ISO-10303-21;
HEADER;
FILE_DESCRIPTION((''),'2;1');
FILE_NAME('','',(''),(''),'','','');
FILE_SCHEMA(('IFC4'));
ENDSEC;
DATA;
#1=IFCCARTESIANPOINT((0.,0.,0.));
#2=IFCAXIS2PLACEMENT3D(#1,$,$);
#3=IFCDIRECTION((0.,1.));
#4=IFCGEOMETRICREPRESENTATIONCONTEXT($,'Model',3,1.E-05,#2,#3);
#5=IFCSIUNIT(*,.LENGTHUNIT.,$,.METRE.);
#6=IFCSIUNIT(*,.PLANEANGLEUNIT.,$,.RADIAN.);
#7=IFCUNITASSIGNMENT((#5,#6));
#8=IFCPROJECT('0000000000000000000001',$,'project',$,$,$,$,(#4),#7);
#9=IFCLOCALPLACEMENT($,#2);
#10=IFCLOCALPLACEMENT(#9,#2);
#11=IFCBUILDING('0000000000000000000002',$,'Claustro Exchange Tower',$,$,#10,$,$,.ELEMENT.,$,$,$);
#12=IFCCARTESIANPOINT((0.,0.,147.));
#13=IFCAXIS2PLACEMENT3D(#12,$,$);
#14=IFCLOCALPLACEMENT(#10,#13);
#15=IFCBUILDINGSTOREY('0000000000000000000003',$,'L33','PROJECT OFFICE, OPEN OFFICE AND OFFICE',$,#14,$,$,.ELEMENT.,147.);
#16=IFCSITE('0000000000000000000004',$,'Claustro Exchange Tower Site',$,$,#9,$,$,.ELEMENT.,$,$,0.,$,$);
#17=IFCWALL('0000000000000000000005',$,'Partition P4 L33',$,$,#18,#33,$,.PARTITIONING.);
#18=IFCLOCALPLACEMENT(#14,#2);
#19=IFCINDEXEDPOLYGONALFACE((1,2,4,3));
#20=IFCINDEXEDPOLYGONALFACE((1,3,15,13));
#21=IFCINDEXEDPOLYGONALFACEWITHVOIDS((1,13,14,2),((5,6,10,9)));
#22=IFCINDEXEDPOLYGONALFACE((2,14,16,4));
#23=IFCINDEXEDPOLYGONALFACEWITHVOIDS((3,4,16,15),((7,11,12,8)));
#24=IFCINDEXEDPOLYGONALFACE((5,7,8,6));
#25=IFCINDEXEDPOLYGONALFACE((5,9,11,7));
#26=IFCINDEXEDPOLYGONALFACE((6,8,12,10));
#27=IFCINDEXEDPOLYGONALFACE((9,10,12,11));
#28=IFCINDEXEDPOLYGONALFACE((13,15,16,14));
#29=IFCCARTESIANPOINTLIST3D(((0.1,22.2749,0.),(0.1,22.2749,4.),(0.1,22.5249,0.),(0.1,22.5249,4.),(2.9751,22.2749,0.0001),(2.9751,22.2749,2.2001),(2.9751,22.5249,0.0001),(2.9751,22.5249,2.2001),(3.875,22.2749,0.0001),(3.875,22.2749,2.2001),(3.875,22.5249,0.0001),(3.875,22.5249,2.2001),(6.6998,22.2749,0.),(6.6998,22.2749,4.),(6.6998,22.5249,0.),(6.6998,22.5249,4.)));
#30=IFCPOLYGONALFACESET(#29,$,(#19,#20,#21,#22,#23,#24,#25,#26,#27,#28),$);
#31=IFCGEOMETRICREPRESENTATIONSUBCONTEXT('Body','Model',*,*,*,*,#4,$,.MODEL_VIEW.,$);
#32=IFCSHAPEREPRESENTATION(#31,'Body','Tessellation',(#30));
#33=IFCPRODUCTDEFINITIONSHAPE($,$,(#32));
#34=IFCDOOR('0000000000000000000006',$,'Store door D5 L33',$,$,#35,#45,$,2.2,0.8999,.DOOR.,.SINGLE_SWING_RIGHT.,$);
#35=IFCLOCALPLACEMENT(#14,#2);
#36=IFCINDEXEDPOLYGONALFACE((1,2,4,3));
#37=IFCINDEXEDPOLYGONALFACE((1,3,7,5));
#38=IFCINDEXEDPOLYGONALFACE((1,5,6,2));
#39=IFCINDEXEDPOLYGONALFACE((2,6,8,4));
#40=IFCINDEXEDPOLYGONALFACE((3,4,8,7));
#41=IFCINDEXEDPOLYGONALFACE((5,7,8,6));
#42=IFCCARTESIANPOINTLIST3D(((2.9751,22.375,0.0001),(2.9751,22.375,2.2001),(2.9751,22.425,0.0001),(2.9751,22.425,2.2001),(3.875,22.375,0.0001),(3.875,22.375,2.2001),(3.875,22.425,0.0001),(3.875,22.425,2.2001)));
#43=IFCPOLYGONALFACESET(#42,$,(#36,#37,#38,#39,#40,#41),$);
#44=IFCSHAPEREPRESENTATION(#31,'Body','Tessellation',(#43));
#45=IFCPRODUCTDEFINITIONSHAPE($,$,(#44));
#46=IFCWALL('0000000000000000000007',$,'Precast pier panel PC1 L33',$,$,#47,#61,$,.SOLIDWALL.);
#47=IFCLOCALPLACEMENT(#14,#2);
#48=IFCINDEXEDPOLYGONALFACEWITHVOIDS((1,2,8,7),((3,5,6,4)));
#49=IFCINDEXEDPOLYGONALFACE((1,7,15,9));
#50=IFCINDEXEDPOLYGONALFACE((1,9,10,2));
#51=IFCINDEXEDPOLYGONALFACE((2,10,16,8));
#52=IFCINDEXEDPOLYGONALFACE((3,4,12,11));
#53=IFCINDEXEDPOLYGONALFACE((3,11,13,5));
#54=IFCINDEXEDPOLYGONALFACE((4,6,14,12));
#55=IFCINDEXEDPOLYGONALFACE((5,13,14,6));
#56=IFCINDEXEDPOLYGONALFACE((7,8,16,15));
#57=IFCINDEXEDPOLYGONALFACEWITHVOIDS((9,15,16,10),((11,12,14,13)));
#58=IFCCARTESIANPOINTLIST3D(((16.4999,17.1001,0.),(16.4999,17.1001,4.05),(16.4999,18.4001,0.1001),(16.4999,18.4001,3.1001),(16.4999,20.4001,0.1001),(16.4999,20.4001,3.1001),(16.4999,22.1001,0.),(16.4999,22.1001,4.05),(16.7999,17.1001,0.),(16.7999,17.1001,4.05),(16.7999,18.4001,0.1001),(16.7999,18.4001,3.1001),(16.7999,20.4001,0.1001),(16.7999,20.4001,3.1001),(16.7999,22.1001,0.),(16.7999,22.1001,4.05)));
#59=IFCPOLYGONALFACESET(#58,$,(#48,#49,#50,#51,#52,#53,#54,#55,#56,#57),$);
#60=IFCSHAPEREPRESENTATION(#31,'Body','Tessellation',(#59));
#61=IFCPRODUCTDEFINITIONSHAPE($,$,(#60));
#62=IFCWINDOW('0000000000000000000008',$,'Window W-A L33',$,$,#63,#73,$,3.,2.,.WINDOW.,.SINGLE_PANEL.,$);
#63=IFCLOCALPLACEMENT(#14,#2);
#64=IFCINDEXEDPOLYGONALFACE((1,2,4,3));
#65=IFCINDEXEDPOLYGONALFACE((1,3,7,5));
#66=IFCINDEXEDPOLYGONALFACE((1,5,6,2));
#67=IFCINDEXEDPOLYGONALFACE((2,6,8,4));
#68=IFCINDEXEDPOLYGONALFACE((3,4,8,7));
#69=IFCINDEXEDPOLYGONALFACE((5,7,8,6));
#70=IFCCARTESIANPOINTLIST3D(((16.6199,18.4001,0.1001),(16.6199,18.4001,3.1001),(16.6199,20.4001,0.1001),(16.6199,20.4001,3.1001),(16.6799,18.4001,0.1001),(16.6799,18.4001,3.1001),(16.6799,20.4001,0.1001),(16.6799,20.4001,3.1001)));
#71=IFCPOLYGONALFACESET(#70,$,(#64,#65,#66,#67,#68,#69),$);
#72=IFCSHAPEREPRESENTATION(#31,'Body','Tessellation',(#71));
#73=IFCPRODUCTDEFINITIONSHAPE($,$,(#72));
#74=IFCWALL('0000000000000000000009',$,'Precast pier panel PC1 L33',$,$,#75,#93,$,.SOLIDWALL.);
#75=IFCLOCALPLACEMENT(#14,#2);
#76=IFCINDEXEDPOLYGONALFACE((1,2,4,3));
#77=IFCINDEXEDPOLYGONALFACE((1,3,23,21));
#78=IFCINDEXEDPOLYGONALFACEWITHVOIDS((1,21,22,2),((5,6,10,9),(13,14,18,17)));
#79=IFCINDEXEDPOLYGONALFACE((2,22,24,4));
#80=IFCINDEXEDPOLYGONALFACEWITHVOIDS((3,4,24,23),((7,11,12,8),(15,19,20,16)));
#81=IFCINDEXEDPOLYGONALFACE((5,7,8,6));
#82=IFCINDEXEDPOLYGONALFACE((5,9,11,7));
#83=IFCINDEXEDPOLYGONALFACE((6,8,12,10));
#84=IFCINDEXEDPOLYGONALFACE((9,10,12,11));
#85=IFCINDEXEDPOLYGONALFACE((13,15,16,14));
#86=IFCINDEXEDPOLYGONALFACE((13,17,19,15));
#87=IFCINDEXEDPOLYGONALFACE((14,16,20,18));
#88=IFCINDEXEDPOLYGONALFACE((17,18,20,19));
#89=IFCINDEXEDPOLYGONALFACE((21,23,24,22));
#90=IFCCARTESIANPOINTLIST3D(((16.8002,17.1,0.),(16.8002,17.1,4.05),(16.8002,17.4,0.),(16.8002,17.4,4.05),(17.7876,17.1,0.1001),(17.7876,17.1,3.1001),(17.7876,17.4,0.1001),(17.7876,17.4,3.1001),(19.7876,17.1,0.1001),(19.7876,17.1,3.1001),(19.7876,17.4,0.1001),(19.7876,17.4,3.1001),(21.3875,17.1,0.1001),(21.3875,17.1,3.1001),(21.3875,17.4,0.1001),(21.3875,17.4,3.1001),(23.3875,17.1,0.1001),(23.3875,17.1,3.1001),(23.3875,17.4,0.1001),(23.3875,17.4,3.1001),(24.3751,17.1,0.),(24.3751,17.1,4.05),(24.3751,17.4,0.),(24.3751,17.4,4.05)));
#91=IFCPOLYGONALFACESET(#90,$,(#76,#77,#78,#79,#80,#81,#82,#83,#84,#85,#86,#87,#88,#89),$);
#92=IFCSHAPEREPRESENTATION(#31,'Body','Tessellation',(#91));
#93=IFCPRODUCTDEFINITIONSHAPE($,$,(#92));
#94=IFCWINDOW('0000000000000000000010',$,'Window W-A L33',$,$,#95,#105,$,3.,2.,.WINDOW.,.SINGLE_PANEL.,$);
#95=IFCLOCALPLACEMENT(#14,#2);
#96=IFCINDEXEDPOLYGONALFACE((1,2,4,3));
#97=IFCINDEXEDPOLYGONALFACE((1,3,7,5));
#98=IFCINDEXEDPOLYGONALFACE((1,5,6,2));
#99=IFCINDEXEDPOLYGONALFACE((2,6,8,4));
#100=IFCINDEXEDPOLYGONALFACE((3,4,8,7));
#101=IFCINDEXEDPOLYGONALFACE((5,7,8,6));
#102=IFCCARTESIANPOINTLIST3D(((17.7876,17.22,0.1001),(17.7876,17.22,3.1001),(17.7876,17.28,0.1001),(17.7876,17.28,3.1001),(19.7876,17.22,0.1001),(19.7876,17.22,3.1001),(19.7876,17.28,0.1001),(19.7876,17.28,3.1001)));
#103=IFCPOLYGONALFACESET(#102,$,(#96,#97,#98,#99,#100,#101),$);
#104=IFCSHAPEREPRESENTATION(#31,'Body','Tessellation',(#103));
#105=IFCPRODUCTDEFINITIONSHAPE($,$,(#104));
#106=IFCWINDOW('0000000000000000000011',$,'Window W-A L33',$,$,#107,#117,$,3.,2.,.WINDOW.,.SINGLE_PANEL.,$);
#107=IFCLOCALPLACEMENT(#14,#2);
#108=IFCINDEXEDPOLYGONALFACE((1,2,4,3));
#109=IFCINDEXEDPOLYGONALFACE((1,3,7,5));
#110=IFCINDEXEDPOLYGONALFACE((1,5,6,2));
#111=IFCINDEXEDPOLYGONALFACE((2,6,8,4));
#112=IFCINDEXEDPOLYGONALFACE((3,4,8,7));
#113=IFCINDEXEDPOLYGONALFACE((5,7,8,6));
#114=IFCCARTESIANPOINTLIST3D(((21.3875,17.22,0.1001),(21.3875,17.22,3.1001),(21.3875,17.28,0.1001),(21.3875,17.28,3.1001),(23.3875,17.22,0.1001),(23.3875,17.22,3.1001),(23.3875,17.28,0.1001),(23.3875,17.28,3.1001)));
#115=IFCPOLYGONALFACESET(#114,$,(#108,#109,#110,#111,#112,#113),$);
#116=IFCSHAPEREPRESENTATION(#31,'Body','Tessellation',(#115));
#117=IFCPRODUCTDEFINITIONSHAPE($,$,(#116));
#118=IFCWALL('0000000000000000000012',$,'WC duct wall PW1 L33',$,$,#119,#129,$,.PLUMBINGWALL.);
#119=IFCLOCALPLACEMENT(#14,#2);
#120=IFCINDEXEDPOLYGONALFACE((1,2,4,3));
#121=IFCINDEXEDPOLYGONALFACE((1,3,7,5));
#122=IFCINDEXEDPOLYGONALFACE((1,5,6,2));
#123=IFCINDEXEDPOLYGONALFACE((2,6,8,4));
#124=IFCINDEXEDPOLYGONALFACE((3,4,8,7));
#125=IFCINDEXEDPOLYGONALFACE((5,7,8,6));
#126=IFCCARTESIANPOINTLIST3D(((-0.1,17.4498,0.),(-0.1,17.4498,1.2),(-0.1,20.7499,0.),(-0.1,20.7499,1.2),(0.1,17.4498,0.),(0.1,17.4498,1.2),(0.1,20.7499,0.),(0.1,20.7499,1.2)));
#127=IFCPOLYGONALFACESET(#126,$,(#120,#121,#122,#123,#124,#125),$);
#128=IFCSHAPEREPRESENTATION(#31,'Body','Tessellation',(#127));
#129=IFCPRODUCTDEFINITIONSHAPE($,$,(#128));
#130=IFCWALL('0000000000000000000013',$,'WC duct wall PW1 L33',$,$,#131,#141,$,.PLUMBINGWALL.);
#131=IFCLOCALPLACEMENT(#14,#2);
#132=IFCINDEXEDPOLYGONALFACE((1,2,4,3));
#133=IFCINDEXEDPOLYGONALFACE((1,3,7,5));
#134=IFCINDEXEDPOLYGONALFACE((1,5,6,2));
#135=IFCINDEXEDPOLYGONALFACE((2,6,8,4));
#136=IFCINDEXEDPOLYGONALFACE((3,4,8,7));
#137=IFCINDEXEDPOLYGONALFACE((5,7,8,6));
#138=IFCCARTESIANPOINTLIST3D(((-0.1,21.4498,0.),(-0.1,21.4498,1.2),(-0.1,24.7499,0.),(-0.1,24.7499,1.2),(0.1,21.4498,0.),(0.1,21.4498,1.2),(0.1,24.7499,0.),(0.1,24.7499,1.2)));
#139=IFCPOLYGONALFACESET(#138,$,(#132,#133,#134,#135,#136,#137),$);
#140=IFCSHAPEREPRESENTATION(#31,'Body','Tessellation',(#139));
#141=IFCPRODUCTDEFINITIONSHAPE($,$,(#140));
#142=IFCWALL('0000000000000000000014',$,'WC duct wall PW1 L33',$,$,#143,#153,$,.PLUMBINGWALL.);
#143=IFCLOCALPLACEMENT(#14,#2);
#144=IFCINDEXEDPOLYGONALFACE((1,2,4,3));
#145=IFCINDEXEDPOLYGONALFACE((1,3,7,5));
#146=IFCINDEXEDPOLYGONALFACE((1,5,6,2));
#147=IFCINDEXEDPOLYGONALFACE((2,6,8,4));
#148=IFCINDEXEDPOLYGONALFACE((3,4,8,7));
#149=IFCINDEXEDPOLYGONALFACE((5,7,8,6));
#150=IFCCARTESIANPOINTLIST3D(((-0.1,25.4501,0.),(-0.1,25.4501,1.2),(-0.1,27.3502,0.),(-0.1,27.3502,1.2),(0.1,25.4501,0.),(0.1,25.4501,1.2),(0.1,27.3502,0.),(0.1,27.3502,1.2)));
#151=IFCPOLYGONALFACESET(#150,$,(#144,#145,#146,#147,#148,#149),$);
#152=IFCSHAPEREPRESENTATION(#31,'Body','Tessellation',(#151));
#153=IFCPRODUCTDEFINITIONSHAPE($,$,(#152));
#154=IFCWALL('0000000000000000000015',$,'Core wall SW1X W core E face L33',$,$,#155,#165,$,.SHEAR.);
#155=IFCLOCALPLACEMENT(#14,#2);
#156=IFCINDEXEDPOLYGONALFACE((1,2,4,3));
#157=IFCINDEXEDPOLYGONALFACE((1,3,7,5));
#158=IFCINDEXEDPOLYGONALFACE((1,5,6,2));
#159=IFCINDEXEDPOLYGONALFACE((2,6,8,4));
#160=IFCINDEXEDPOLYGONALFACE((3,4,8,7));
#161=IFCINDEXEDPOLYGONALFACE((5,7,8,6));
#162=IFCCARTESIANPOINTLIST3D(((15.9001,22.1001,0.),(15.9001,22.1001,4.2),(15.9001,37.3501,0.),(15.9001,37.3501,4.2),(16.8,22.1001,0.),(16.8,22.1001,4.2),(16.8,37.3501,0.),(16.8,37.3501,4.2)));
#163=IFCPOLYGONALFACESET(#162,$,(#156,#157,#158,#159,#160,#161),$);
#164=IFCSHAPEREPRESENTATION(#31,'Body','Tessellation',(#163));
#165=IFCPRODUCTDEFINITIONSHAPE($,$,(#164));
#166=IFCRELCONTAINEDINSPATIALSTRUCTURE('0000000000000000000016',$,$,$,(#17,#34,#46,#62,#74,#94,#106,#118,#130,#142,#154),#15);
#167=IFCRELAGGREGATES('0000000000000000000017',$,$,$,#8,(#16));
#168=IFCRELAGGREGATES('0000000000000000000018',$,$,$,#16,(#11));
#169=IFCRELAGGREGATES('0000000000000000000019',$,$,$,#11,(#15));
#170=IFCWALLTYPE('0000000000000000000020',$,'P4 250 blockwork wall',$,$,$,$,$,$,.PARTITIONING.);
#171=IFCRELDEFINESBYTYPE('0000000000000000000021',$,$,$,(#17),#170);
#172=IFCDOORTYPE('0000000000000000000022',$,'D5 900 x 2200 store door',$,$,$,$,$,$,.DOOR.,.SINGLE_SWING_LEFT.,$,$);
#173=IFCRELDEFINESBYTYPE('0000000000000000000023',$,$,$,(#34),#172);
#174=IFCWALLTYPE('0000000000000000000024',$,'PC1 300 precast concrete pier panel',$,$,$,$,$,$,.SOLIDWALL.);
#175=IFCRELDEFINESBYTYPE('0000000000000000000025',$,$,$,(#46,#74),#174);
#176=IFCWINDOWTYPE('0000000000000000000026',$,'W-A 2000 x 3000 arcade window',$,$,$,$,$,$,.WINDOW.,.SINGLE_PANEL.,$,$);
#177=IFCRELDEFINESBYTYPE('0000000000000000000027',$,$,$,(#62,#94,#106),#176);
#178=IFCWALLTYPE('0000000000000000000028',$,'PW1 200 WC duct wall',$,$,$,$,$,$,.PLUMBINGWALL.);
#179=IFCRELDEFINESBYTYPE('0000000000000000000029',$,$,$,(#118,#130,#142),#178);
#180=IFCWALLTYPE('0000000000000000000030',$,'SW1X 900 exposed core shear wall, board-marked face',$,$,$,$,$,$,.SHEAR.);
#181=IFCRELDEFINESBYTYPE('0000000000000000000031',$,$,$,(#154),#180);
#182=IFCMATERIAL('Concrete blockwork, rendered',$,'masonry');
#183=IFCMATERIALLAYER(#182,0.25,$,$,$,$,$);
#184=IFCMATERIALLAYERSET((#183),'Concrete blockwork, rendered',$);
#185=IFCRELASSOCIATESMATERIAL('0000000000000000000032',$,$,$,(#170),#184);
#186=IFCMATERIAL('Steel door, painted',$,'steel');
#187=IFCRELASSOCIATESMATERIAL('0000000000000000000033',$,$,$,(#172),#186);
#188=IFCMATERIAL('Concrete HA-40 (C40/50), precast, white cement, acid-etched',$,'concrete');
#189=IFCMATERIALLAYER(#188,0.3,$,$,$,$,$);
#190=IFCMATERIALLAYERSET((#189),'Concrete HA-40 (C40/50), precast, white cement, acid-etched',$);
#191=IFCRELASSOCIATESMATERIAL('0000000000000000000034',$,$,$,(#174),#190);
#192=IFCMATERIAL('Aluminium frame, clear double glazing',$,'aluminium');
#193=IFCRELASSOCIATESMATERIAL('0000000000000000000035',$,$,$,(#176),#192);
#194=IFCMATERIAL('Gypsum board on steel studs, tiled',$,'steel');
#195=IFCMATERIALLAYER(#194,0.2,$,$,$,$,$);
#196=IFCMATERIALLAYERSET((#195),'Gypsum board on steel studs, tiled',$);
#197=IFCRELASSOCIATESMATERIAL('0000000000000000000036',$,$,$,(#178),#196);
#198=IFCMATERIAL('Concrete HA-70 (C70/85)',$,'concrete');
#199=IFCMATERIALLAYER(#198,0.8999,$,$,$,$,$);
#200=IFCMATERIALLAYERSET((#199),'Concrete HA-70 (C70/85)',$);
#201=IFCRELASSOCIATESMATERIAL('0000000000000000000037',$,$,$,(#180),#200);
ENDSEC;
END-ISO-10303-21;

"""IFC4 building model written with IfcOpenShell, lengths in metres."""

from ifc_helpers import new_model, si_unit, direction, frame, frame_2d, origin, place, context, subcontext, project, spatial, rectangle, extrude, material, layer, layer_set, type_object, element, fill, save


model = new_model("IFC4")

# Units and contexts
model_context = context("Model", 3, precision=1e-05, world=origin(), true_north=direction((0.0, 1.0)))
body_context = subcontext(model_context, "Body", "Model", "MODEL_VIEW")
ifc_project = project(units=[si_unit("LENGTHUNIT", "METRE"), si_unit("PLANEANGLEUNIT", "RADIAN")], contexts=[model_context])

# Site, building, storey
site_placement = place(None, origin())
site = spatial("IfcSite", under=ifc_project, at=site_placement, Name="Claustro Exchange Tower Site", CompositionType="ELEMENT", RefElevation=0.0)
building_placement = place(site_placement, origin())
building = spatial("IfcBuilding", under=site, at=building_placement, Name="Claustro Exchange Tower", CompositionType="ELEMENT")
storey_placement = place(building_placement, frame((0.0, 0.0, 147.0)))
storey = spatial("IfcBuildingStorey", under=building, at=storey_placement, Name="L33", Description="PROJECT OFFICE, OPEN OFFICE AND OFFICE", CompositionType="ELEMENT", Elevation=147.0)

# Wall, opening, door
ifc_material_1 = material(Name="Concrete blockwork, rendered", Category="masonry")
ifc_layer_1 = layer(ifc_material_1, 0.25)
ifc_layer_set_1 = layer_set([ifc_layer_1], Name="Concrete blockwork, rendered")
wall_type_1 = type_object("IfcWallType", Name="P4 250 blockwork wall", PredefinedType="PARTITIONING", material=ifc_layer_set_1)
wall_1_placement = place(storey_placement, frame((0.1001, 22.3999, 0.0), z_axis=(0.0, 0.0, 1.0), x_axis=(1.0, 0.0, 0.0)))
wall_1 = element("IfcWall", 1, at=wall_1_placement, inside=storey, type_object=wall_type_1, Name="Partition P4 L33", PredefinedType="PARTITIONING", context=body_context, shape_type="SweptSolid", body=[
    extrude(rectangle(XDim=6.5999, YDim=0.25, at=frame_2d((3.2998, 0.0))), origin(), (0.0, 0.0, 1.0), 4.0),
])
opening_1_placement = place(wall_1_placement, frame((2.875, 0.0, 0.0)))
opening_1 = element("IfcOpeningElement", 2, at=opening_1_placement, cuts=wall_1, PredefinedType="OPENING", context=body_context, shape_type="SweptSolid", body=[
    extrude(rectangle(XDim=0.8999, YDim=2.2, at=frame_2d((0.45, 1.1001))), frame((0.0, 0.135, 0.0), z_axis=(0.0, -1.0, 0.0), x_axis=(1.0, 0.0, 0.0)), (0.0, 0.0, 1.0), 0.27),
])
ifc_material_2 = material(Name="Steel door, painted", Category="steel")
door_type_1 = type_object("IfcDoorType", Name="D5 900 x 2200 store door", OperationType="SINGLE_SWING_LEFT", PredefinedType="DOOR", material=ifc_material_2)
door_1_placement = place(opening_1_placement, frame((0.8999, 0.0, 0.0), z_axis=(0.0, 0.0, 1.0), x_axis=(-1.0, 0.0, 0.0)))
door_1 = element("IfcDoor", 3, at=door_1_placement, inside=storey, type_object=door_type_1, Name="Store door D5 L33", OperationType="SINGLE_SWING_RIGHT", OverallHeight=2.2, OverallWidth=0.8999, PredefinedType="DOOR", context=body_context, shape_type="SweptSolid", body=[
    extrude(rectangle(XDim=0.8999, YDim=2.2, at=frame_2d((0.45, 1.1001))), frame((0.0, 0.0249, 0.0), z_axis=(0.0, -1.0, 0.0), x_axis=(1.0, 0.0, 0.0)), (0.0, 0.0, 1.0), 0.05),
])
fill(opening_1, door_1)

# Wall, opening, window
ifc_material_3 = material(Name="Concrete HA-40 (C40/50), precast, white cement, acid-etched", Category="concrete")
ifc_layer_2 = layer(ifc_material_3, 0.3)
ifc_layer_set_2 = layer_set([ifc_layer_2], Name="Concrete HA-40 (C40/50), precast, white cement, acid-etched")
wall_type_2 = type_object("IfcWallType", Name="PC1 300 precast concrete pier panel", PredefinedType="SOLIDWALL", material=ifc_layer_set_2)
wall_2_placement = place(storey_placement, frame((16.6499, 17.1001, 0.0), z_axis=(0.0, 0.0, 1.0), x_axis=(0.0, 1.0, 0.0)))
wall_2 = element("IfcWall", 4, at=wall_2_placement, inside=storey, type_object=wall_type_2, Name="Precast pier panel PC1 L33", PredefinedType="SOLIDWALL", context=body_context, shape_type="SweptSolid", body=[
    extrude(rectangle(XDim=5.0, YDim=0.3, at=frame_2d((2.5, 0.0))), origin(), (0.0, 0.0, 1.0), 4.05),
])
opening_2_placement = place(wall_2_placement, frame((1.3, 0.0, 0.1001)))
opening_2 = element("IfcOpeningElement", 5, at=opening_2_placement, cuts=wall_2, PredefinedType="OPENING", context=body_context, shape_type="SweptSolid", body=[
    extrude(rectangle(XDim=2.0, YDim=3.0, at=frame_2d((1.0, 1.5))), frame((0.0, 0.1599, 0.0), z_axis=(0.0, -1.0, 0.0), x_axis=(1.0, 0.0, 0.0)), (0.0, 0.0, 1.0), 0.3201),
])
ifc_material_4 = material(Name="Aluminium frame, clear double glazing", Category="aluminium")
window_type = type_object("IfcWindowType", Name="W-A 2000 x 3000 arcade window", PartitioningType="SINGLE_PANEL", PredefinedType="WINDOW", material=ifc_material_4)
window_1_placement = place(opening_2_placement, origin())
window_1 = element("IfcWindow", 6, at=window_1_placement, inside=storey, type_object=window_type, Name="Window W-A L33", OverallHeight=3.0, OverallWidth=2.0, PartitioningType="SINGLE_PANEL", PredefinedType="WINDOW", context=body_context, shape_type="SweptSolid", body=[
    extrude(rectangle(XDim=2.0, YDim=3.0, at=frame_2d((1.0, 1.5))), frame((0.0, 0.03, 0.0), z_axis=(0.0, -1.0, 0.0), x_axis=(1.0, 0.0, 0.0)), (0.0, 0.0, 1.0), 0.0601),
])
fill(opening_2, window_1)

# Wall, openings, windows
wall_3_placement = place(storey_placement, frame((16.8, 17.25, 0.0), z_axis=(0.0, 0.0, 1.0), x_axis=(1.0, 0.0, 0.0)))
wall_3 = element("IfcWall", 7, at=wall_3_placement, inside=storey, type_object=wall_type_2, Name="Precast pier panel PC1 L33", PredefinedType="SOLIDWALL", context=body_context, shape_type="SweptSolid", body=[
    extrude(rectangle(XDim=7.575, YDim=0.3, at=frame_2d((3.7876, 0.0))), origin(), (0.0, 0.0, 1.0), 4.05),
])
opening_3_placement = place(wall_3_placement, frame((0.9875, 0.0, 0.1001)))
opening_3 = element("IfcOpeningElement", 8, at=opening_3_placement, cuts=wall_3, PredefinedType="OPENING", context=body_context, shape_type="SweptSolid", body=[
    extrude(rectangle(XDim=2.0, YDim=3.0, at=frame_2d((1.0, 1.5))), frame((0.0, 0.1599, 0.0), z_axis=(0.0, -1.0, 0.0), x_axis=(1.0, 0.0, 0.0)), (0.0, 0.0, 1.0), 0.3201),
])
opening_4_placement = place(wall_3_placement, frame((4.5874, 0.0, 0.1001)))
opening_4 = element("IfcOpeningElement", 9, at=opening_4_placement, cuts=wall_3, PredefinedType="OPENING", context=body_context, shape_type="SweptSolid", body=[
    extrude(rectangle(XDim=2.0, YDim=3.0, at=frame_2d((1.0, 1.5))), frame((0.0, 0.1599, 0.0), z_axis=(0.0, -1.0, 0.0), x_axis=(1.0, 0.0, 0.0)), (0.0, 0.0, 1.0), 0.3201),
])
window_2_placement = place(opening_3_placement, origin())
window_2 = element("IfcWindow", 10, at=window_2_placement, inside=storey, type_object=window_type, Name="Window W-A L33", OverallHeight=3.0, OverallWidth=2.0, PartitioningType="SINGLE_PANEL", PredefinedType="WINDOW", context=body_context, shape_type="SweptSolid", body=[
    extrude(rectangle(XDim=2.0, YDim=3.0, at=frame_2d((1.0, 1.5))), frame((0.0, 0.03, 0.0), z_axis=(0.0, -1.0, 0.0), x_axis=(1.0, 0.0, 0.0)), (0.0, 0.0, 1.0), 0.0601),
])
fill(opening_3, window_2)
window_3_placement = place(opening_4_placement, origin())
window_3 = element("IfcWindow", 11, at=window_3_placement, inside=storey, type_object=window_type, Name="Window W-A L33", OverallHeight=3.0, OverallWidth=2.0, PartitioningType="SINGLE_PANEL", PredefinedType="WINDOW", context=body_context, shape_type="SweptSolid", body=[
    extrude(rectangle(XDim=2.0, YDim=3.0, at=frame_2d((1.0, 1.5))), frame((0.0, 0.03, 0.0), z_axis=(0.0, -1.0, 0.0), x_axis=(1.0, 0.0, 0.0)), (0.0, 0.0, 1.0), 0.0601),
])
fill(opening_4, window_3)

# Walls
ifc_material_5 = material(Name="Gypsum board on steel studs, tiled", Category="steel")
ifc_layer_3 = layer(ifc_material_5, 0.2)
ifc_layer_set_3 = layer_set([ifc_layer_3], Name="Gypsum board on steel studs, tiled")
wall_type_3 = type_object("IfcWallType", Name="PW1 200 WC duct wall", PredefinedType="PLUMBINGWALL", material=ifc_layer_set_3)
for number, where, z_axis, x_axis, name in (
    (12, (0.0, 17.45, 0.0), (0.0, 0.0, 1.0), (0.0, 1.0, 0.0), "WC duct wall PW1 L33"),
    (13, (0.0, 21.45, 0.0), (0.0, 0.0, 1.0), (0.0, 1.0, 0.0), "WC duct wall PW1 L33"),
):
    element("IfcWall", number, at=place(storey_placement, frame(where, z_axis=z_axis, x_axis=x_axis)), inside=storey, type_object=wall_type_3, Name=name, PredefinedType="PLUMBINGWALL", context=body_context, shape_type="SweptSolid", body=[
        extrude(rectangle(XDim=3.3, YDim=0.2, at=frame_2d((1.6499, 0.0))), origin(), (0.0, 0.0, 1.0), 1.2),
    ])
wall_4_placement = place(storey_placement, frame((0.0, 25.45, 0.0), z_axis=(0.0, 0.0, 1.0), x_axis=(0.0, 1.0, 0.0)))
element("IfcWall", 14, at=wall_4_placement, inside=storey, type_object=wall_type_3, Name="WC duct wall PW1 L33", PredefinedType="PLUMBINGWALL", context=body_context, shape_type="SweptSolid", body=[
    extrude(rectangle(XDim=1.9001, YDim=0.2, at=frame_2d((0.9502, 0.0))), origin(), (0.0, 0.0, 1.0), 1.2),
])
ifc_material_6 = material(Name="Concrete HA-70 (C70/85)", Category="concrete")
ifc_layer_4 = layer(ifc_material_6, 0.8999)
ifc_layer_set_4 = layer_set([ifc_layer_4], Name="Concrete HA-70 (C70/85)")
wall_type_4 = type_object("IfcWallType", Name="SW1X 900 exposed core shear wall, board-marked face", PredefinedType="SHEAR", material=ifc_layer_set_4)
wall_5_placement = place(storey_placement, frame((16.3501, 22.1001, 0.0), z_axis=(0.0, 0.0, 1.0), x_axis=(0.0, 1.0, 0.0)))
element("IfcWall", 15, at=wall_5_placement, inside=storey, type_object=wall_type_4, Name="Core wall SW1X W core E face L33", PredefinedType="SHEAR", context=body_context, shape_type="SweptSolid", body=[
    extrude(rectangle(XDim=15.25, YDim=0.8999, at=frame_2d((7.625, 0.0))), origin(), (0.0, 0.0, 1.0), 4.2),
])

save(model, "model.ifc")
